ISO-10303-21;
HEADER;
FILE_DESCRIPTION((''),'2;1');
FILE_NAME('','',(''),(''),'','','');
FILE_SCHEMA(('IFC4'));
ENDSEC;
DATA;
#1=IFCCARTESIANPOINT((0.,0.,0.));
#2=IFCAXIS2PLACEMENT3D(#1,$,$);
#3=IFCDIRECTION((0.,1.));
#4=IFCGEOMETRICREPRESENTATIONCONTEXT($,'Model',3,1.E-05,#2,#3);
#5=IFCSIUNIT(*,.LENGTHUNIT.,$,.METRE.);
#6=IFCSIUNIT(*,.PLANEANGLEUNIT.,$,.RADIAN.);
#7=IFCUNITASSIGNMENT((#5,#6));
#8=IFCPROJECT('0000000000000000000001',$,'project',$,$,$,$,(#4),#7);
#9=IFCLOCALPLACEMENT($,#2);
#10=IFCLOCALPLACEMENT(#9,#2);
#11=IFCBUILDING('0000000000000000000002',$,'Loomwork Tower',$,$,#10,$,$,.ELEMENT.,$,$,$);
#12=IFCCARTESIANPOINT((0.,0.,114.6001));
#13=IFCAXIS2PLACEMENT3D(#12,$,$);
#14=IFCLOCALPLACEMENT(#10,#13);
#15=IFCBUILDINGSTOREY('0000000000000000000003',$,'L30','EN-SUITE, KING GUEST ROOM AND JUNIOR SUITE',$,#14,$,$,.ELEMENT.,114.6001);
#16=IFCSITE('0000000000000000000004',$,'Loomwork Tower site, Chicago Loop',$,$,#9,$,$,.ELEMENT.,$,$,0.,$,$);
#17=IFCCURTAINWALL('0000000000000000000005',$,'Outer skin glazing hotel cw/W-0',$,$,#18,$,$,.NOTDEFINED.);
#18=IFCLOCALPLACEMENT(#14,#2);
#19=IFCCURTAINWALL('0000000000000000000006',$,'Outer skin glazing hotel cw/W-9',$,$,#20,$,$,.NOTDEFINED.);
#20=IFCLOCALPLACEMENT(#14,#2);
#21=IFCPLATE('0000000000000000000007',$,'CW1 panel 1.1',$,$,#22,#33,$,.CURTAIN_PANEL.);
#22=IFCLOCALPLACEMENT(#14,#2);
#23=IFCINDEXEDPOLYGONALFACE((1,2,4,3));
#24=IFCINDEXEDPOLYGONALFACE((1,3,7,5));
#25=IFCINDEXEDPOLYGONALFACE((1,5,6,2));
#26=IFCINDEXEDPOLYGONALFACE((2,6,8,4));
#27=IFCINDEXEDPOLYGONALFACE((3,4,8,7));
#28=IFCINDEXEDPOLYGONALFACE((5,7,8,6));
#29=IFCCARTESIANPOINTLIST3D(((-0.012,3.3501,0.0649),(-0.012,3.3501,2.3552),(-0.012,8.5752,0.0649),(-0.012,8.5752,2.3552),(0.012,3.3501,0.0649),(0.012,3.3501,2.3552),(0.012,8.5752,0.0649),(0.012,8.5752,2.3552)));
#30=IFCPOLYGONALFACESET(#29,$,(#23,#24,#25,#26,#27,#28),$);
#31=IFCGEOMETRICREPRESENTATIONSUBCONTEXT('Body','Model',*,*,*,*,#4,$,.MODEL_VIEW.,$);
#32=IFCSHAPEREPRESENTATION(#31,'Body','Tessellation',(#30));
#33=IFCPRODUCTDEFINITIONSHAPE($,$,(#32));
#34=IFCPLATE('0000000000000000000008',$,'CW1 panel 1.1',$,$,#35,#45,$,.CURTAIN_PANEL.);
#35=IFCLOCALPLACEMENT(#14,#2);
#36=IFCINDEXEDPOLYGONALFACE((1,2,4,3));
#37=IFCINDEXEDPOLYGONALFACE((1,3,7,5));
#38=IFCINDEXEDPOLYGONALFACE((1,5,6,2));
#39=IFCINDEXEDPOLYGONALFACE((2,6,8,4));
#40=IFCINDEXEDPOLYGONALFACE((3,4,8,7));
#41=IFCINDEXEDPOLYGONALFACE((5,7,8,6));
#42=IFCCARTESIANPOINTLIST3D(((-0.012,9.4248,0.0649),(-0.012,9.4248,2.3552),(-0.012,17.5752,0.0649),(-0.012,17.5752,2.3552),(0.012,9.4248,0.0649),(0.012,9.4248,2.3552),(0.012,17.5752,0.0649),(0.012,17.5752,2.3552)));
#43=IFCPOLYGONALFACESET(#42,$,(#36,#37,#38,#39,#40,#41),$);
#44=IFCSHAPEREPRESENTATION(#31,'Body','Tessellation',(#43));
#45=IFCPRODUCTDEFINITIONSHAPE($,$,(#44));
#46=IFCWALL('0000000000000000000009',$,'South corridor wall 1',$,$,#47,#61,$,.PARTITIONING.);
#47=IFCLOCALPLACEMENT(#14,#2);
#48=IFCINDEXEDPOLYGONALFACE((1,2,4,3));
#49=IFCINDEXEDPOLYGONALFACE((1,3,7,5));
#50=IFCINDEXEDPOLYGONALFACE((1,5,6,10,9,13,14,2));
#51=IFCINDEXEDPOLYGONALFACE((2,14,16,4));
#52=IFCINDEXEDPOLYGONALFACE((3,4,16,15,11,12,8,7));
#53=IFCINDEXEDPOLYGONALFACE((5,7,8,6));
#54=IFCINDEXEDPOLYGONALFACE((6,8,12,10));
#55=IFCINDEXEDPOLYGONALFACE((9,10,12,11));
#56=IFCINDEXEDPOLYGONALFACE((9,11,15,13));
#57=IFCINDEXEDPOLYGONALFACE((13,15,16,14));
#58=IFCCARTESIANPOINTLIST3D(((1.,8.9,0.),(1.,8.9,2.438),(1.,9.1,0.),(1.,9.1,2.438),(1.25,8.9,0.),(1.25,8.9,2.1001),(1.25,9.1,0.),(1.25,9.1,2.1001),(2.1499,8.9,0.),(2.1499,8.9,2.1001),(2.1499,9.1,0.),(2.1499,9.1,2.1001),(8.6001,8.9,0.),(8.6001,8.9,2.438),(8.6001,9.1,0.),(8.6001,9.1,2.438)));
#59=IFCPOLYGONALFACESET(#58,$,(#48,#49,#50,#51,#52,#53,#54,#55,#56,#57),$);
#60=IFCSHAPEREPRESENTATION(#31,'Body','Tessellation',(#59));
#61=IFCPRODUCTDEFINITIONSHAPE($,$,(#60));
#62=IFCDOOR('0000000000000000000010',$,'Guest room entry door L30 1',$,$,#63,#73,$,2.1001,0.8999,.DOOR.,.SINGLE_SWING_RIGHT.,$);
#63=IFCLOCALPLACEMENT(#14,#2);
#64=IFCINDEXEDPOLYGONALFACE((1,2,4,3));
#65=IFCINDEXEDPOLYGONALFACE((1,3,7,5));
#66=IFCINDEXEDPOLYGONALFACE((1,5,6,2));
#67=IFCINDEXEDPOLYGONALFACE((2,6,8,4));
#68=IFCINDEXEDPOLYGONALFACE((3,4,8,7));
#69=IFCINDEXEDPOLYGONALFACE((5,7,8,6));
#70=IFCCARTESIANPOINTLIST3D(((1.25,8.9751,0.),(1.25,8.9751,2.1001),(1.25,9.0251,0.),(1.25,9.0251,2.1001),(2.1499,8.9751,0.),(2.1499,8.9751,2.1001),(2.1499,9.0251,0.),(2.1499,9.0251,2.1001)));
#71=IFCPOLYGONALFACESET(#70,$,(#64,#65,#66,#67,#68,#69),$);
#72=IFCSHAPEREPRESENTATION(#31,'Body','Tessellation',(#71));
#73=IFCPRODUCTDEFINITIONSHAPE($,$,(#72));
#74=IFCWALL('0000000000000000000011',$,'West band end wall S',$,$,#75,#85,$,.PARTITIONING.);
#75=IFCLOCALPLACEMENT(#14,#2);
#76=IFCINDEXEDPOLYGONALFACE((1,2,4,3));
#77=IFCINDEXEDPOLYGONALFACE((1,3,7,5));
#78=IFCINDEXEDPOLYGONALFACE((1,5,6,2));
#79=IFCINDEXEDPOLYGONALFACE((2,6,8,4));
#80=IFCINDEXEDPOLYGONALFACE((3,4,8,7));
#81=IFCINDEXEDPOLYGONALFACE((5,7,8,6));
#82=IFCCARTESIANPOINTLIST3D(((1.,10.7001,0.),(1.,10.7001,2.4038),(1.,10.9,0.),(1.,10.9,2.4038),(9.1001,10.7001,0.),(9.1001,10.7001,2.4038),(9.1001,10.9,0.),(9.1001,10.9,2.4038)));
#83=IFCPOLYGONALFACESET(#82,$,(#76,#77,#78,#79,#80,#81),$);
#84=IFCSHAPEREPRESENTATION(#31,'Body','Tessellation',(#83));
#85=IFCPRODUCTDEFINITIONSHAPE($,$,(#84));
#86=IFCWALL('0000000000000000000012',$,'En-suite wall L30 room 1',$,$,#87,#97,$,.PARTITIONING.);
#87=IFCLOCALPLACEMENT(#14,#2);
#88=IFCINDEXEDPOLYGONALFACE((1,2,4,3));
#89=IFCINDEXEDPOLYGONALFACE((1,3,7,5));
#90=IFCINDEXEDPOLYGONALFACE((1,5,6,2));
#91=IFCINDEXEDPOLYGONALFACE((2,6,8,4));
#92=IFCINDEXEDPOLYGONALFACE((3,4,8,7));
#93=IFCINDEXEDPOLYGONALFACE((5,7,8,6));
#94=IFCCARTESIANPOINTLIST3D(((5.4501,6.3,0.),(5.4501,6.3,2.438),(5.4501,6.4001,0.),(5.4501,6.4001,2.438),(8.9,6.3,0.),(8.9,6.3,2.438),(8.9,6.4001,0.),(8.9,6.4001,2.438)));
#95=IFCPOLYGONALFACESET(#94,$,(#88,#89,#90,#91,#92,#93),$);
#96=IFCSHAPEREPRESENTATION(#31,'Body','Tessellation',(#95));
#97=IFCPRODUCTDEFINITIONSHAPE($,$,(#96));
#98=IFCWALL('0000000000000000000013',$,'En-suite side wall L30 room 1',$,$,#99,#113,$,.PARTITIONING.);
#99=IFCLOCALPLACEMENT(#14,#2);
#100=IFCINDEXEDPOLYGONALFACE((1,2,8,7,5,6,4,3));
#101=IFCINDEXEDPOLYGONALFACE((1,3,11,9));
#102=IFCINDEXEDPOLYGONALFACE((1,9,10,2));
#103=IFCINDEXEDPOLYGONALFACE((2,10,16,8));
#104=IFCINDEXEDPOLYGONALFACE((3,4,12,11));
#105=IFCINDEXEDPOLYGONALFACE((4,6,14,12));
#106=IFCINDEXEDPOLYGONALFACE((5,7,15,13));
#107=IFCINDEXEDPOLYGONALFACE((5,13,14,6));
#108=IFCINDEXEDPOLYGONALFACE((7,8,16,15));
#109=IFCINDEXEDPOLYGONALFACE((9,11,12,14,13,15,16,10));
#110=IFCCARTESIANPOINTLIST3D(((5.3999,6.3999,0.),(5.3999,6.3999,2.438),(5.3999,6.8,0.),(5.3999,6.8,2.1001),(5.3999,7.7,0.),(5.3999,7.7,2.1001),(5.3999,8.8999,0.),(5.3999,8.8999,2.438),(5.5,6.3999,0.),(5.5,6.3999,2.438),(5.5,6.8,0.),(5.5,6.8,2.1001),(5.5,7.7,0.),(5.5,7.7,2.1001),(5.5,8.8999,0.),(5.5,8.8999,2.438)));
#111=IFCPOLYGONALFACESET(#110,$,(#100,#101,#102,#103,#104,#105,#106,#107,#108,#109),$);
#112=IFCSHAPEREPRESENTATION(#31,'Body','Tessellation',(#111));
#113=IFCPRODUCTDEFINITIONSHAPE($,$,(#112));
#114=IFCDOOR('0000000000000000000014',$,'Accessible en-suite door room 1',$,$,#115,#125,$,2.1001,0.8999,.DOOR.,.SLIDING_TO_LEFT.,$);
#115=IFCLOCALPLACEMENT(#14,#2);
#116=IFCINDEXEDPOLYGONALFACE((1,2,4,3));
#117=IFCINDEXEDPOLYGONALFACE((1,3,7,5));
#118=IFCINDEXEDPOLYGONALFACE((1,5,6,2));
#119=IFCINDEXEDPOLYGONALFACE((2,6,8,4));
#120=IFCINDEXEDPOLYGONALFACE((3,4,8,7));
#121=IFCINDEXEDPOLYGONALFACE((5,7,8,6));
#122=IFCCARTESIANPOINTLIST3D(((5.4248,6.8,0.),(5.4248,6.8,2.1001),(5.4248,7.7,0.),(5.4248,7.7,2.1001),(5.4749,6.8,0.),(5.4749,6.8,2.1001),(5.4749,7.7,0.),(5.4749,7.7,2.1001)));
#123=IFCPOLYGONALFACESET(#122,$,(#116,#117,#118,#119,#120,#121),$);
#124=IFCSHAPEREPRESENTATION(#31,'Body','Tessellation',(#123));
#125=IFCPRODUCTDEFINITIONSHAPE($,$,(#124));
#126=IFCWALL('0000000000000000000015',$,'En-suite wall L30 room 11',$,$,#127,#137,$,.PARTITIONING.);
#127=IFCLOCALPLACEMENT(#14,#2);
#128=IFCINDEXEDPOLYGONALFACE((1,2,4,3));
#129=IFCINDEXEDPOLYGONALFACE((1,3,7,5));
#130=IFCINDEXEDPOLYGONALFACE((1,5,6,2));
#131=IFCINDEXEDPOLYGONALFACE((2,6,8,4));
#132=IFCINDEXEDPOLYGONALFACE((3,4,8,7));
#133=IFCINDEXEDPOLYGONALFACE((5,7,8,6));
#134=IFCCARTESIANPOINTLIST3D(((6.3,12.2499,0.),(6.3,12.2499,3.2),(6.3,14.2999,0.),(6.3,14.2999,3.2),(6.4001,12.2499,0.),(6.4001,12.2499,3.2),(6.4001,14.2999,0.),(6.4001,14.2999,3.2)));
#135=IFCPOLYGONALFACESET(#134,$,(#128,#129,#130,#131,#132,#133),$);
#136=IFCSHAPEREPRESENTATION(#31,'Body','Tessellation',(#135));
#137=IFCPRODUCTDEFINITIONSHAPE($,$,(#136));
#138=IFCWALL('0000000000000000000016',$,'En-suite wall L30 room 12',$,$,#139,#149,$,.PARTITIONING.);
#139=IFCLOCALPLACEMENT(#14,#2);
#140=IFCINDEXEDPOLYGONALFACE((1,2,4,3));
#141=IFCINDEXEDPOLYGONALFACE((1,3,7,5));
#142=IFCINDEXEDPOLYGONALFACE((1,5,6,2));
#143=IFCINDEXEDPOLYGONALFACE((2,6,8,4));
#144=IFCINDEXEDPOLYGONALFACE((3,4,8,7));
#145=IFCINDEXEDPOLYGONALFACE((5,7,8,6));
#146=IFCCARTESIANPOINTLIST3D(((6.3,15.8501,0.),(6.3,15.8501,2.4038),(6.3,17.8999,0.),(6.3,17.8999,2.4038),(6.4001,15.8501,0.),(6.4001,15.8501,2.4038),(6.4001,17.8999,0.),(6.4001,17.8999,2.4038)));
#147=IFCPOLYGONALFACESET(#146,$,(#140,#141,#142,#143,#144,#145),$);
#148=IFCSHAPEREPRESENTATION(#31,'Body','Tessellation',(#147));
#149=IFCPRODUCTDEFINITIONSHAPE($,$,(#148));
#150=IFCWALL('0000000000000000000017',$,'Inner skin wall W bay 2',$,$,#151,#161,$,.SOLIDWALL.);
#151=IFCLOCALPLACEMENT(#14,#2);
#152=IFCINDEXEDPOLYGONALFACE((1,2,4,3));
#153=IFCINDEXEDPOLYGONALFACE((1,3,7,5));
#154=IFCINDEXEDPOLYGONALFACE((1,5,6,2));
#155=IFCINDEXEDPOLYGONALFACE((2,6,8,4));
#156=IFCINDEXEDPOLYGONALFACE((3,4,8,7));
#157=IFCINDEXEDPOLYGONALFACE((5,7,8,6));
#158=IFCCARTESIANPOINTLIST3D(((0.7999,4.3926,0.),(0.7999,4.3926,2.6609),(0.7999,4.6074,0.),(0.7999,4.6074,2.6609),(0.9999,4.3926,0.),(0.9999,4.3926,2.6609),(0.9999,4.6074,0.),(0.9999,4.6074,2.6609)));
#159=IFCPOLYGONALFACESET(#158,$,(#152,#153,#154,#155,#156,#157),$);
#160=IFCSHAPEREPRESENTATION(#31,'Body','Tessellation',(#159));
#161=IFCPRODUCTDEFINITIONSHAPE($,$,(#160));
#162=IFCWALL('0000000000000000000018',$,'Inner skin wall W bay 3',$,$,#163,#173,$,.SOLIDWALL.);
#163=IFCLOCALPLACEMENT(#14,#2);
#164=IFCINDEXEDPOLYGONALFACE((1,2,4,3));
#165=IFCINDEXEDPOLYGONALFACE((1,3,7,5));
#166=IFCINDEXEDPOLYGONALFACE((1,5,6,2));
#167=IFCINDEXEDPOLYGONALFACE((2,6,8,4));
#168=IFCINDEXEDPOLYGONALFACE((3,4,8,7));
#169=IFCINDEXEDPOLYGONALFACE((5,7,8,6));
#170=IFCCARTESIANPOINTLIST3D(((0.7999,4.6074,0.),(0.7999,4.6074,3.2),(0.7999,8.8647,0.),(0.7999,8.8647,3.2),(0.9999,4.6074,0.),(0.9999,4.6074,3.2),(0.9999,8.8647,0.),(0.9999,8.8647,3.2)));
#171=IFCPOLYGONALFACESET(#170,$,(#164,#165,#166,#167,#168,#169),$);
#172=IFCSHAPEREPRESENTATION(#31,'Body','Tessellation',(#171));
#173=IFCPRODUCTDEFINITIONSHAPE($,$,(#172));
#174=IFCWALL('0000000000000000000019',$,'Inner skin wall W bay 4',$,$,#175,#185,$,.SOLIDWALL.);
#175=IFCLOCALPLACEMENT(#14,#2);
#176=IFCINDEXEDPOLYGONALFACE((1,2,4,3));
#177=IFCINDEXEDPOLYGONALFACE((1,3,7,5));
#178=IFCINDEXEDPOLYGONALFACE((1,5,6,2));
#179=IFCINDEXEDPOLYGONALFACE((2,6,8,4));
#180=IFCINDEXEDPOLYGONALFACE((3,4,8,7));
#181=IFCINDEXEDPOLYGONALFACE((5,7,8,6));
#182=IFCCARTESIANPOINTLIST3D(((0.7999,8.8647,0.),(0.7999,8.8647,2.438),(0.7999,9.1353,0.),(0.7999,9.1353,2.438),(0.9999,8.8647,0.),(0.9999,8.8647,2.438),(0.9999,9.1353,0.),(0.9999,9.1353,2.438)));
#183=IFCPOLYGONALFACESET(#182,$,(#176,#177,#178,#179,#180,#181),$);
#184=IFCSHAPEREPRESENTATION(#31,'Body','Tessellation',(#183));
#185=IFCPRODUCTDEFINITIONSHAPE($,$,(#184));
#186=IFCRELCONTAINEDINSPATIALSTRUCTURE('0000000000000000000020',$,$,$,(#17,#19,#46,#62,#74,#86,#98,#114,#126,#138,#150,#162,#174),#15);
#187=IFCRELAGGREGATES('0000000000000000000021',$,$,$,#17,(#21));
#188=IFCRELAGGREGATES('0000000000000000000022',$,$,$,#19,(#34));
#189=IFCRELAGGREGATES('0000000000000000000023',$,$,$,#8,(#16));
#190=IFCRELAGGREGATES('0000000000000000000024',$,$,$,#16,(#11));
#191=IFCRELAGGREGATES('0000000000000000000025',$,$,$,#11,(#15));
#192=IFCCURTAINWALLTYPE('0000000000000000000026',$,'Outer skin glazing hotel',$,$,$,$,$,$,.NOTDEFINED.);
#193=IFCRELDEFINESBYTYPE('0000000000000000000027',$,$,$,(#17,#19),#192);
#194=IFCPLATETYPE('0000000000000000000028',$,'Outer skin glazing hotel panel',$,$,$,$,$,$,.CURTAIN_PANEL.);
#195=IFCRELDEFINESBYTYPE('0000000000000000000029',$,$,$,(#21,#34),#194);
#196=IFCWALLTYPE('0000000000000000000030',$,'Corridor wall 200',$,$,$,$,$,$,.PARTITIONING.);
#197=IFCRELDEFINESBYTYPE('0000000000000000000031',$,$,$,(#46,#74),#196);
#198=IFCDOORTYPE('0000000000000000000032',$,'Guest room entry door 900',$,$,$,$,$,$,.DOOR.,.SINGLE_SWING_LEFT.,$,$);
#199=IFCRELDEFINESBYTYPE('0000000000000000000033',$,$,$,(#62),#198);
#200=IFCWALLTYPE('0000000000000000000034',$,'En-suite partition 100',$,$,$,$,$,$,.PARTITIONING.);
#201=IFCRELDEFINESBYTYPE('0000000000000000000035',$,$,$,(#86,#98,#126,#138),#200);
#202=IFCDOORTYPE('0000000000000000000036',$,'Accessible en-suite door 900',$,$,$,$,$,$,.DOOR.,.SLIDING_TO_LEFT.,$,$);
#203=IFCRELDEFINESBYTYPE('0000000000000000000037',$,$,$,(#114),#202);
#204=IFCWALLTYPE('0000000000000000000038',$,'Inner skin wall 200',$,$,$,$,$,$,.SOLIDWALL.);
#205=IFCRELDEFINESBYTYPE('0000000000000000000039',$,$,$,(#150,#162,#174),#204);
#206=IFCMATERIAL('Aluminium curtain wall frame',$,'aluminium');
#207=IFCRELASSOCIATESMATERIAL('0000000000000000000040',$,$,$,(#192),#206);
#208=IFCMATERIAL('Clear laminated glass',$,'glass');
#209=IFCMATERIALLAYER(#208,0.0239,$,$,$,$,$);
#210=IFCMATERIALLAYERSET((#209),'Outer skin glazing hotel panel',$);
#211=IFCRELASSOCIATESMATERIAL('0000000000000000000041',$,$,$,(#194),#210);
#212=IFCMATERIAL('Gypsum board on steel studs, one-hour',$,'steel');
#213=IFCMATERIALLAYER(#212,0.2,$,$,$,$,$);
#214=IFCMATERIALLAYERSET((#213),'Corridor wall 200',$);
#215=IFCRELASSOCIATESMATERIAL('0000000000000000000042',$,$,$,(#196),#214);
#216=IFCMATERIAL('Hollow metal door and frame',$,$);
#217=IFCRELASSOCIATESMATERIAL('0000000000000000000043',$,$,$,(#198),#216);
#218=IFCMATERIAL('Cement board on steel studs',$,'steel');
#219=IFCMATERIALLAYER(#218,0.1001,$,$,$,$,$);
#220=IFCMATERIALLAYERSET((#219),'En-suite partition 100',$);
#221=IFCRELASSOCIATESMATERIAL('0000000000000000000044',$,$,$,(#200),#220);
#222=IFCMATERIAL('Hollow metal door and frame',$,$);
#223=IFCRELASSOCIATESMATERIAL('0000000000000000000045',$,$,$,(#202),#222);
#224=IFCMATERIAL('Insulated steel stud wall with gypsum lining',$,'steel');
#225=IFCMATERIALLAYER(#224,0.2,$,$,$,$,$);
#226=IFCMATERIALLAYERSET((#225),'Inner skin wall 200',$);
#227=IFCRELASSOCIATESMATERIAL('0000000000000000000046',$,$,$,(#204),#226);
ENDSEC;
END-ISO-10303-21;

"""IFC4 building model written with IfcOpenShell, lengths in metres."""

from ifc_helpers import new_model, si_unit, direction, frame, frame_2d, origin, origin_2d, place, context, subcontext, project, spatial, rectangle, extrude, material, layer, layer_set, type_object, element, fill, aggregate, save


model = new_model("IFC4")

# Units and contexts
model_context = context("Model", 3, precision=1e-05, world=origin(), true_north=direction((0.0, 1.0)))
body_context = subcontext(model_context, "Body", "Model", "MODEL_VIEW")
ifc_project = project(units=[si_unit("LENGTHUNIT", "METRE"), si_unit("PLANEANGLEUNIT", "RADIAN")], contexts=[model_context])

# Site, building, storey
site_placement = place(None, origin())
site = spatial("IfcSite", under=ifc_project, at=site_placement, Name="Loomwork Tower site, Chicago Loop", CompositionType="ELEMENT", RefElevation=0.0)
building_placement = place(site_placement, origin())
building = spatial("IfcBuilding", under=site, at=building_placement, Name="Loomwork Tower", CompositionType="ELEMENT")
storey_placement = place(building_placement, frame((0.0, 0.0, 114.6001)))
storey = spatial("IfcBuildingStorey", under=building, at=storey_placement, Name="L30", Description="EN-SUITE, KING GUEST ROOM AND JUNIOR SUITE", CompositionType="ELEMENT", Elevation=114.6001)

# Curtain wall
ifc_material_1 = material(Name="Aluminium curtain wall frame", Category="aluminium")
curtain_wall_type = type_object("IfcCurtainWallType", Name="Outer skin glazing hotel", PredefinedType="NOTDEFINED", material=ifc_material_1)
curtain_wall_1_placement = place(storey_placement, origin())
curtain_wall_1 = element("IfcCurtainWall", 1, at=curtain_wall_1_placement, inside=storey, type_object=curtain_wall_type, Name="Outer skin glazing hotel cw/W-0", PredefinedType="NOTDEFINED")

# Curtain wall
curtain_wall_2_placement = place(storey_placement, origin())
curtain_wall_2 = element("IfcCurtainWall", 2, at=curtain_wall_2_placement, inside=storey, type_object=curtain_wall_type, Name="Outer skin glazing hotel cw/W-9", PredefinedType="NOTDEFINED")

# Plates
ifc_material_2 = material(Name="Clear laminated glass", Category="glass")
ifc_layer_1 = layer(ifc_material_2, 0.0239)
ifc_layer_set_1 = layer_set([ifc_layer_1], Name="Outer skin glazing hotel panel")
plate_type = type_object("IfcPlateType", Name="Outer skin glazing hotel panel", PredefinedType="CURTAIN_PANEL", material=ifc_layer_set_1)
plate_1_placement = place(storey_placement, frame((0.0, 5.9626, 0.0649), z_axis=(0.0, 0.0, 1.0), x_axis=(0.0, -1.0, 0.0)))
plate_1 = element("IfcPlate", 3, at=plate_1_placement, type_object=plate_type, Name="CW1 panel 1.1", PredefinedType="CURTAIN_PANEL", context=body_context, shape_type="SweptSolid", body=[
    extrude(rectangle(XDim=5.2251, YDim=0.0239, at=origin_2d()), origin(), (0.0, 0.0, 1.0), 2.2903),
])
aggregate(curtain_wall_1, [plate_1])
plate_2_placement = place(storey_placement, frame((0.0, 13.5, 0.0649), z_axis=(0.0, 0.0, 1.0), x_axis=(0.0, -1.0, 0.0)))
plate_2 = element("IfcPlate", 4, at=plate_2_placement, type_object=plate_type, Name="CW1 panel 1.1", PredefinedType="CURTAIN_PANEL", context=body_context, shape_type="SweptSolid", body=[
    extrude(rectangle(XDim=8.1504, YDim=0.0239, at=origin_2d()), origin(), (0.0, 0.0, 1.0), 2.2903),
])
aggregate(curtain_wall_2, [plate_2])

# Wall, opening, door
ifc_material_3 = material(Name="Gypsum board on steel studs, one-hour", Category="steel")
ifc_layer_2 = layer(ifc_material_3, 0.2)
ifc_layer_set_2 = layer_set([ifc_layer_2], Name="Corridor wall 200")
wall_type_1 = type_object("IfcWallType", Name="Corridor wall 200", PredefinedType="PARTITIONING", material=ifc_layer_set_2)
wall_1_placement = place(storey_placement, frame((1.0, 9.0, 0.0), z_axis=(0.0, 0.0, 1.0), x_axis=(1.0, 0.0, 0.0)))
wall_1 = element("IfcWall", 5, at=wall_1_placement, inside=storey, type_object=wall_type_1, Name="South corridor wall 1", PredefinedType="PARTITIONING", context=body_context, shape_type="SweptSolid", body=[
    extrude(rectangle(XDim=7.6001, YDim=0.2, at=frame_2d((3.8, 0.0))), origin(), (0.0, 0.0, 1.0), 2.438),
])
opening_1_placement = place(wall_1_placement, frame((0.25, 0.0, 0.0)))
opening_1 = element("IfcOpeningElement", 6, at=opening_1_placement, cuts=wall_1, PredefinedType="OPENING", context=body_context, shape_type="SweptSolid", body=[
    extrude(rectangle(XDim=0.8999, YDim=2.1001, at=frame_2d((0.45, 1.05))), frame((0.0, 0.1099, 0.0), z_axis=(0.0, -1.0, 0.0), x_axis=(1.0, 0.0, 0.0)), (0.0, 0.0, 1.0), 0.22),
])
ifc_material_4 = material(Name="Hollow metal door and frame")
door_type_1 = type_object("IfcDoorType", Name="Guest room entry door 900", OperationType="SINGLE_SWING_LEFT", PredefinedType="DOOR", material=ifc_material_4)
door_1_placement = place(opening_1_placement, frame((0.8999, 0.0, 0.0), z_axis=(0.0, 0.0, 1.0), x_axis=(-1.0, 0.0, 0.0)))
door_1 = element("IfcDoor", 7, at=door_1_placement, inside=storey, type_object=door_type_1, Name="Guest room entry door L30 1", OperationType="SINGLE_SWING_RIGHT", OverallHeight=2.1001, OverallWidth=0.8999, PredefinedType="DOOR", context=body_context, shape_type="SweptSolid", body=[
    extrude(rectangle(XDim=0.8999, YDim=2.1001, at=frame_2d((0.45, 1.05))), frame((0.0, 0.0249, 0.0), z_axis=(0.0, -1.0, 0.0), x_axis=(1.0, 0.0, 0.0)), (0.0, 0.0, 1.0), 0.05),
])
fill(opening_1, door_1)

# Walls
wall_2_placement = place(storey_placement, frame((1.0, 10.8, 0.0), z_axis=(0.0, 0.0, 1.0), x_axis=(1.0, 0.0, 0.0)))
element("IfcWall", 8, at=wall_2_placement, inside=storey, type_object=wall_type_1, Name="West band end wall S", PredefinedType="PARTITIONING", context=body_context, shape_type="SweptSolid", body=[
    extrude(rectangle(XDim=8.1001, YDim=0.2, at=frame_2d((4.05, 0.0))), origin(), (0.0, 0.0, 1.0), 2.4038),
])
ifc_material_5 = material(Name="Cement board on steel studs", Category="steel")
ifc_layer_3 = layer(ifc_material_5, 0.1001)
ifc_layer_set_3 = layer_set([ifc_layer_3], Name="En-suite partition 100")
wall_type_2 = type_object("IfcWallType", Name="En-suite partition 100", PredefinedType="PARTITIONING", material=ifc_layer_set_3)
wall_3_placement = place(storey_placement, frame((5.45, 6.3501, 0.0), z_axis=(0.0, 0.0, 1.0), x_axis=(1.0, 0.0, 0.0)))
element("IfcWall", 9, at=wall_3_placement, inside=storey, type_object=wall_type_2, Name="En-suite wall L30 room 1", PredefinedType="PARTITIONING", context=body_context, shape_type="SweptSolid", body=[
    extrude(rectangle(XDim=3.45, YDim=0.1001, at=frame_2d((1.7251, 0.0))), origin(), (0.0, 0.0, 1.0), 2.438),
])

# Wall, opening, door
wall_4_placement = place(storey_placement, frame((5.45, 8.8999, 0.0), z_axis=(0.0, 0.0, 1.0), x_axis=(0.0, -1.0, 0.0)))
wall_4 = element("IfcWall", 10, at=wall_4_placement, inside=storey, type_object=wall_type_2, Name="En-suite side wall L30 room 1", PredefinedType="PARTITIONING", context=body_context, shape_type="SweptSolid", body=[
    extrude(rectangle(XDim=2.5, YDim=0.1001, at=frame_2d((1.25, 0.0))), origin(), (0.0, 0.0, 1.0), 2.438),
])
opening_2_placement = place(wall_4_placement, frame((1.2, 0.0, 0.0)))
opening_2 = element("IfcOpeningElement", 11, at=opening_2_placement, cuts=wall_4, PredefinedType="OPENING", context=body_context, shape_type="SweptSolid", body=[
    extrude(rectangle(XDim=0.8999, YDim=2.1001, at=frame_2d((0.45, 1.05))), frame((0.0, 0.0601, 0.0), z_axis=(0.0, -1.0, 0.0), x_axis=(1.0, 0.0, 0.0)), (0.0, 0.0, 1.0), 0.1201),
])
ifc_material_6 = material(Name="Hollow metal door and frame")
door_type_2 = type_object("IfcDoorType", Name="Accessible en-suite door 900", OperationType="SLIDING_TO_LEFT", PredefinedType="DOOR", material=ifc_material_6)
door_2_placement = place(opening_2_placement, origin())
door_2 = element("IfcDoor", 12, at=door_2_placement, inside=storey, type_object=door_type_2, Name="Accessible en-suite door room 1", OperationType="SLIDING_TO_LEFT", OverallHeight=2.1001, OverallWidth=0.8999, PredefinedType="DOOR", context=body_context, shape_type="SweptSolid", body=[
    extrude(rectangle(XDim=0.8999, YDim=2.1001, at=frame_2d((0.45, 1.05))), frame((0.0, 0.0249, 0.0), z_axis=(0.0, -1.0, 0.0), x_axis=(1.0, 0.0, 0.0)), (0.0, 0.0, 1.0), 0.05),
])
fill(opening_2, door_2)

# Walls
wall_5_placement = place(storey_placement, frame((6.3501, 12.25, 0.0), z_axis=(0.0, 0.0, 1.0), x_axis=(0.0, 1.0, 0.0)))
element("IfcWall", 13, at=wall_5_placement, inside=storey, type_object=wall_type_2, Name="En-suite wall L30 room 11", PredefinedType="PARTITIONING", context=body_context, shape_type="SweptSolid", body=[
    extrude(rectangle(XDim=2.05, YDim=0.1001, at=frame_2d((1.0249, 0.0))), origin(), (0.0, 0.0, 1.0), 3.2),
])
wall_6_placement = place(storey_placement, frame((6.3501, 15.8501, 0.0), z_axis=(0.0, 0.0, 1.0), x_axis=(0.0, 1.0, 0.0)))
element("IfcWall", 14, at=wall_6_placement, inside=storey, type_object=wall_type_2, Name="En-suite wall L30 room 12", PredefinedType="PARTITIONING", context=body_context, shape_type="SweptSolid", body=[
    extrude(rectangle(XDim=2.0498, YDim=0.1001, at=frame_2d((1.0249, 0.0))), origin(), (0.0, 0.0, 1.0), 2.4038),
])
ifc_material_7 = material(Name="Insulated steel stud wall with gypsum lining", Category="steel")
ifc_layer_4 = layer(ifc_material_7, 0.2)
ifc_layer_set_4 = layer_set([ifc_layer_4], Name="Inner skin wall 200")
wall_type_3 = type_object("IfcWallType", Name="Inner skin wall 200", PredefinedType="SOLIDWALL", material=ifc_layer_set_4)
wall_7_placement = place(storey_placement, frame((0.8999, 4.3926, 0.0), z_axis=(0.0, 0.0, 1.0), x_axis=(0.0, 1.0, 0.0)))
element("IfcWall", 15, at=wall_7_placement, inside=storey, type_object=wall_type_3, Name="Inner skin wall W bay 2", PredefinedType="SOLIDWALL", context=body_context, shape_type="SweptSolid", body=[
    extrude(rectangle(XDim=0.2148, YDim=0.2, at=frame_2d((0.1074, 0.0))), origin(), (0.0, 0.0, 1.0), 2.6609),
])
wall_8_placement = place(storey_placement, frame((0.8999, 4.6074, 0.0), z_axis=(0.0, 0.0, 1.0), x_axis=(0.0, 1.0, 0.0)))
element("IfcWall", 16, at=wall_8_placement, inside=storey, type_object=wall_type_3, Name="Inner skin wall W bay 3", PredefinedType="SOLIDWALL", context=body_context, shape_type="SweptSolid", body=[
    extrude(rectangle(XDim=4.2573, YDim=0.2, at=frame_2d((2.1287, 0.0))), origin(), (0.0, 0.0, 1.0), 3.2),
])
wall_9_placement = place(storey_placement, frame((0.8999, 8.8647, 0.0), z_axis=(0.0, 0.0, 1.0), x_axis=(0.0, 1.0, 0.0)))
element("IfcWall", 17, at=wall_9_placement, inside=storey, type_object=wall_type_3, Name="Inner skin wall W bay 4", PredefinedType="SOLIDWALL", context=body_context, shape_type="SweptSolid", body=[
    extrude(rectangle(XDim=0.2705, YDim=0.2, at=frame_2d((0.1353, 0.0))), origin(), (0.0, 0.0, 1.0), 2.438),
])

save(model, "model.ifc")
